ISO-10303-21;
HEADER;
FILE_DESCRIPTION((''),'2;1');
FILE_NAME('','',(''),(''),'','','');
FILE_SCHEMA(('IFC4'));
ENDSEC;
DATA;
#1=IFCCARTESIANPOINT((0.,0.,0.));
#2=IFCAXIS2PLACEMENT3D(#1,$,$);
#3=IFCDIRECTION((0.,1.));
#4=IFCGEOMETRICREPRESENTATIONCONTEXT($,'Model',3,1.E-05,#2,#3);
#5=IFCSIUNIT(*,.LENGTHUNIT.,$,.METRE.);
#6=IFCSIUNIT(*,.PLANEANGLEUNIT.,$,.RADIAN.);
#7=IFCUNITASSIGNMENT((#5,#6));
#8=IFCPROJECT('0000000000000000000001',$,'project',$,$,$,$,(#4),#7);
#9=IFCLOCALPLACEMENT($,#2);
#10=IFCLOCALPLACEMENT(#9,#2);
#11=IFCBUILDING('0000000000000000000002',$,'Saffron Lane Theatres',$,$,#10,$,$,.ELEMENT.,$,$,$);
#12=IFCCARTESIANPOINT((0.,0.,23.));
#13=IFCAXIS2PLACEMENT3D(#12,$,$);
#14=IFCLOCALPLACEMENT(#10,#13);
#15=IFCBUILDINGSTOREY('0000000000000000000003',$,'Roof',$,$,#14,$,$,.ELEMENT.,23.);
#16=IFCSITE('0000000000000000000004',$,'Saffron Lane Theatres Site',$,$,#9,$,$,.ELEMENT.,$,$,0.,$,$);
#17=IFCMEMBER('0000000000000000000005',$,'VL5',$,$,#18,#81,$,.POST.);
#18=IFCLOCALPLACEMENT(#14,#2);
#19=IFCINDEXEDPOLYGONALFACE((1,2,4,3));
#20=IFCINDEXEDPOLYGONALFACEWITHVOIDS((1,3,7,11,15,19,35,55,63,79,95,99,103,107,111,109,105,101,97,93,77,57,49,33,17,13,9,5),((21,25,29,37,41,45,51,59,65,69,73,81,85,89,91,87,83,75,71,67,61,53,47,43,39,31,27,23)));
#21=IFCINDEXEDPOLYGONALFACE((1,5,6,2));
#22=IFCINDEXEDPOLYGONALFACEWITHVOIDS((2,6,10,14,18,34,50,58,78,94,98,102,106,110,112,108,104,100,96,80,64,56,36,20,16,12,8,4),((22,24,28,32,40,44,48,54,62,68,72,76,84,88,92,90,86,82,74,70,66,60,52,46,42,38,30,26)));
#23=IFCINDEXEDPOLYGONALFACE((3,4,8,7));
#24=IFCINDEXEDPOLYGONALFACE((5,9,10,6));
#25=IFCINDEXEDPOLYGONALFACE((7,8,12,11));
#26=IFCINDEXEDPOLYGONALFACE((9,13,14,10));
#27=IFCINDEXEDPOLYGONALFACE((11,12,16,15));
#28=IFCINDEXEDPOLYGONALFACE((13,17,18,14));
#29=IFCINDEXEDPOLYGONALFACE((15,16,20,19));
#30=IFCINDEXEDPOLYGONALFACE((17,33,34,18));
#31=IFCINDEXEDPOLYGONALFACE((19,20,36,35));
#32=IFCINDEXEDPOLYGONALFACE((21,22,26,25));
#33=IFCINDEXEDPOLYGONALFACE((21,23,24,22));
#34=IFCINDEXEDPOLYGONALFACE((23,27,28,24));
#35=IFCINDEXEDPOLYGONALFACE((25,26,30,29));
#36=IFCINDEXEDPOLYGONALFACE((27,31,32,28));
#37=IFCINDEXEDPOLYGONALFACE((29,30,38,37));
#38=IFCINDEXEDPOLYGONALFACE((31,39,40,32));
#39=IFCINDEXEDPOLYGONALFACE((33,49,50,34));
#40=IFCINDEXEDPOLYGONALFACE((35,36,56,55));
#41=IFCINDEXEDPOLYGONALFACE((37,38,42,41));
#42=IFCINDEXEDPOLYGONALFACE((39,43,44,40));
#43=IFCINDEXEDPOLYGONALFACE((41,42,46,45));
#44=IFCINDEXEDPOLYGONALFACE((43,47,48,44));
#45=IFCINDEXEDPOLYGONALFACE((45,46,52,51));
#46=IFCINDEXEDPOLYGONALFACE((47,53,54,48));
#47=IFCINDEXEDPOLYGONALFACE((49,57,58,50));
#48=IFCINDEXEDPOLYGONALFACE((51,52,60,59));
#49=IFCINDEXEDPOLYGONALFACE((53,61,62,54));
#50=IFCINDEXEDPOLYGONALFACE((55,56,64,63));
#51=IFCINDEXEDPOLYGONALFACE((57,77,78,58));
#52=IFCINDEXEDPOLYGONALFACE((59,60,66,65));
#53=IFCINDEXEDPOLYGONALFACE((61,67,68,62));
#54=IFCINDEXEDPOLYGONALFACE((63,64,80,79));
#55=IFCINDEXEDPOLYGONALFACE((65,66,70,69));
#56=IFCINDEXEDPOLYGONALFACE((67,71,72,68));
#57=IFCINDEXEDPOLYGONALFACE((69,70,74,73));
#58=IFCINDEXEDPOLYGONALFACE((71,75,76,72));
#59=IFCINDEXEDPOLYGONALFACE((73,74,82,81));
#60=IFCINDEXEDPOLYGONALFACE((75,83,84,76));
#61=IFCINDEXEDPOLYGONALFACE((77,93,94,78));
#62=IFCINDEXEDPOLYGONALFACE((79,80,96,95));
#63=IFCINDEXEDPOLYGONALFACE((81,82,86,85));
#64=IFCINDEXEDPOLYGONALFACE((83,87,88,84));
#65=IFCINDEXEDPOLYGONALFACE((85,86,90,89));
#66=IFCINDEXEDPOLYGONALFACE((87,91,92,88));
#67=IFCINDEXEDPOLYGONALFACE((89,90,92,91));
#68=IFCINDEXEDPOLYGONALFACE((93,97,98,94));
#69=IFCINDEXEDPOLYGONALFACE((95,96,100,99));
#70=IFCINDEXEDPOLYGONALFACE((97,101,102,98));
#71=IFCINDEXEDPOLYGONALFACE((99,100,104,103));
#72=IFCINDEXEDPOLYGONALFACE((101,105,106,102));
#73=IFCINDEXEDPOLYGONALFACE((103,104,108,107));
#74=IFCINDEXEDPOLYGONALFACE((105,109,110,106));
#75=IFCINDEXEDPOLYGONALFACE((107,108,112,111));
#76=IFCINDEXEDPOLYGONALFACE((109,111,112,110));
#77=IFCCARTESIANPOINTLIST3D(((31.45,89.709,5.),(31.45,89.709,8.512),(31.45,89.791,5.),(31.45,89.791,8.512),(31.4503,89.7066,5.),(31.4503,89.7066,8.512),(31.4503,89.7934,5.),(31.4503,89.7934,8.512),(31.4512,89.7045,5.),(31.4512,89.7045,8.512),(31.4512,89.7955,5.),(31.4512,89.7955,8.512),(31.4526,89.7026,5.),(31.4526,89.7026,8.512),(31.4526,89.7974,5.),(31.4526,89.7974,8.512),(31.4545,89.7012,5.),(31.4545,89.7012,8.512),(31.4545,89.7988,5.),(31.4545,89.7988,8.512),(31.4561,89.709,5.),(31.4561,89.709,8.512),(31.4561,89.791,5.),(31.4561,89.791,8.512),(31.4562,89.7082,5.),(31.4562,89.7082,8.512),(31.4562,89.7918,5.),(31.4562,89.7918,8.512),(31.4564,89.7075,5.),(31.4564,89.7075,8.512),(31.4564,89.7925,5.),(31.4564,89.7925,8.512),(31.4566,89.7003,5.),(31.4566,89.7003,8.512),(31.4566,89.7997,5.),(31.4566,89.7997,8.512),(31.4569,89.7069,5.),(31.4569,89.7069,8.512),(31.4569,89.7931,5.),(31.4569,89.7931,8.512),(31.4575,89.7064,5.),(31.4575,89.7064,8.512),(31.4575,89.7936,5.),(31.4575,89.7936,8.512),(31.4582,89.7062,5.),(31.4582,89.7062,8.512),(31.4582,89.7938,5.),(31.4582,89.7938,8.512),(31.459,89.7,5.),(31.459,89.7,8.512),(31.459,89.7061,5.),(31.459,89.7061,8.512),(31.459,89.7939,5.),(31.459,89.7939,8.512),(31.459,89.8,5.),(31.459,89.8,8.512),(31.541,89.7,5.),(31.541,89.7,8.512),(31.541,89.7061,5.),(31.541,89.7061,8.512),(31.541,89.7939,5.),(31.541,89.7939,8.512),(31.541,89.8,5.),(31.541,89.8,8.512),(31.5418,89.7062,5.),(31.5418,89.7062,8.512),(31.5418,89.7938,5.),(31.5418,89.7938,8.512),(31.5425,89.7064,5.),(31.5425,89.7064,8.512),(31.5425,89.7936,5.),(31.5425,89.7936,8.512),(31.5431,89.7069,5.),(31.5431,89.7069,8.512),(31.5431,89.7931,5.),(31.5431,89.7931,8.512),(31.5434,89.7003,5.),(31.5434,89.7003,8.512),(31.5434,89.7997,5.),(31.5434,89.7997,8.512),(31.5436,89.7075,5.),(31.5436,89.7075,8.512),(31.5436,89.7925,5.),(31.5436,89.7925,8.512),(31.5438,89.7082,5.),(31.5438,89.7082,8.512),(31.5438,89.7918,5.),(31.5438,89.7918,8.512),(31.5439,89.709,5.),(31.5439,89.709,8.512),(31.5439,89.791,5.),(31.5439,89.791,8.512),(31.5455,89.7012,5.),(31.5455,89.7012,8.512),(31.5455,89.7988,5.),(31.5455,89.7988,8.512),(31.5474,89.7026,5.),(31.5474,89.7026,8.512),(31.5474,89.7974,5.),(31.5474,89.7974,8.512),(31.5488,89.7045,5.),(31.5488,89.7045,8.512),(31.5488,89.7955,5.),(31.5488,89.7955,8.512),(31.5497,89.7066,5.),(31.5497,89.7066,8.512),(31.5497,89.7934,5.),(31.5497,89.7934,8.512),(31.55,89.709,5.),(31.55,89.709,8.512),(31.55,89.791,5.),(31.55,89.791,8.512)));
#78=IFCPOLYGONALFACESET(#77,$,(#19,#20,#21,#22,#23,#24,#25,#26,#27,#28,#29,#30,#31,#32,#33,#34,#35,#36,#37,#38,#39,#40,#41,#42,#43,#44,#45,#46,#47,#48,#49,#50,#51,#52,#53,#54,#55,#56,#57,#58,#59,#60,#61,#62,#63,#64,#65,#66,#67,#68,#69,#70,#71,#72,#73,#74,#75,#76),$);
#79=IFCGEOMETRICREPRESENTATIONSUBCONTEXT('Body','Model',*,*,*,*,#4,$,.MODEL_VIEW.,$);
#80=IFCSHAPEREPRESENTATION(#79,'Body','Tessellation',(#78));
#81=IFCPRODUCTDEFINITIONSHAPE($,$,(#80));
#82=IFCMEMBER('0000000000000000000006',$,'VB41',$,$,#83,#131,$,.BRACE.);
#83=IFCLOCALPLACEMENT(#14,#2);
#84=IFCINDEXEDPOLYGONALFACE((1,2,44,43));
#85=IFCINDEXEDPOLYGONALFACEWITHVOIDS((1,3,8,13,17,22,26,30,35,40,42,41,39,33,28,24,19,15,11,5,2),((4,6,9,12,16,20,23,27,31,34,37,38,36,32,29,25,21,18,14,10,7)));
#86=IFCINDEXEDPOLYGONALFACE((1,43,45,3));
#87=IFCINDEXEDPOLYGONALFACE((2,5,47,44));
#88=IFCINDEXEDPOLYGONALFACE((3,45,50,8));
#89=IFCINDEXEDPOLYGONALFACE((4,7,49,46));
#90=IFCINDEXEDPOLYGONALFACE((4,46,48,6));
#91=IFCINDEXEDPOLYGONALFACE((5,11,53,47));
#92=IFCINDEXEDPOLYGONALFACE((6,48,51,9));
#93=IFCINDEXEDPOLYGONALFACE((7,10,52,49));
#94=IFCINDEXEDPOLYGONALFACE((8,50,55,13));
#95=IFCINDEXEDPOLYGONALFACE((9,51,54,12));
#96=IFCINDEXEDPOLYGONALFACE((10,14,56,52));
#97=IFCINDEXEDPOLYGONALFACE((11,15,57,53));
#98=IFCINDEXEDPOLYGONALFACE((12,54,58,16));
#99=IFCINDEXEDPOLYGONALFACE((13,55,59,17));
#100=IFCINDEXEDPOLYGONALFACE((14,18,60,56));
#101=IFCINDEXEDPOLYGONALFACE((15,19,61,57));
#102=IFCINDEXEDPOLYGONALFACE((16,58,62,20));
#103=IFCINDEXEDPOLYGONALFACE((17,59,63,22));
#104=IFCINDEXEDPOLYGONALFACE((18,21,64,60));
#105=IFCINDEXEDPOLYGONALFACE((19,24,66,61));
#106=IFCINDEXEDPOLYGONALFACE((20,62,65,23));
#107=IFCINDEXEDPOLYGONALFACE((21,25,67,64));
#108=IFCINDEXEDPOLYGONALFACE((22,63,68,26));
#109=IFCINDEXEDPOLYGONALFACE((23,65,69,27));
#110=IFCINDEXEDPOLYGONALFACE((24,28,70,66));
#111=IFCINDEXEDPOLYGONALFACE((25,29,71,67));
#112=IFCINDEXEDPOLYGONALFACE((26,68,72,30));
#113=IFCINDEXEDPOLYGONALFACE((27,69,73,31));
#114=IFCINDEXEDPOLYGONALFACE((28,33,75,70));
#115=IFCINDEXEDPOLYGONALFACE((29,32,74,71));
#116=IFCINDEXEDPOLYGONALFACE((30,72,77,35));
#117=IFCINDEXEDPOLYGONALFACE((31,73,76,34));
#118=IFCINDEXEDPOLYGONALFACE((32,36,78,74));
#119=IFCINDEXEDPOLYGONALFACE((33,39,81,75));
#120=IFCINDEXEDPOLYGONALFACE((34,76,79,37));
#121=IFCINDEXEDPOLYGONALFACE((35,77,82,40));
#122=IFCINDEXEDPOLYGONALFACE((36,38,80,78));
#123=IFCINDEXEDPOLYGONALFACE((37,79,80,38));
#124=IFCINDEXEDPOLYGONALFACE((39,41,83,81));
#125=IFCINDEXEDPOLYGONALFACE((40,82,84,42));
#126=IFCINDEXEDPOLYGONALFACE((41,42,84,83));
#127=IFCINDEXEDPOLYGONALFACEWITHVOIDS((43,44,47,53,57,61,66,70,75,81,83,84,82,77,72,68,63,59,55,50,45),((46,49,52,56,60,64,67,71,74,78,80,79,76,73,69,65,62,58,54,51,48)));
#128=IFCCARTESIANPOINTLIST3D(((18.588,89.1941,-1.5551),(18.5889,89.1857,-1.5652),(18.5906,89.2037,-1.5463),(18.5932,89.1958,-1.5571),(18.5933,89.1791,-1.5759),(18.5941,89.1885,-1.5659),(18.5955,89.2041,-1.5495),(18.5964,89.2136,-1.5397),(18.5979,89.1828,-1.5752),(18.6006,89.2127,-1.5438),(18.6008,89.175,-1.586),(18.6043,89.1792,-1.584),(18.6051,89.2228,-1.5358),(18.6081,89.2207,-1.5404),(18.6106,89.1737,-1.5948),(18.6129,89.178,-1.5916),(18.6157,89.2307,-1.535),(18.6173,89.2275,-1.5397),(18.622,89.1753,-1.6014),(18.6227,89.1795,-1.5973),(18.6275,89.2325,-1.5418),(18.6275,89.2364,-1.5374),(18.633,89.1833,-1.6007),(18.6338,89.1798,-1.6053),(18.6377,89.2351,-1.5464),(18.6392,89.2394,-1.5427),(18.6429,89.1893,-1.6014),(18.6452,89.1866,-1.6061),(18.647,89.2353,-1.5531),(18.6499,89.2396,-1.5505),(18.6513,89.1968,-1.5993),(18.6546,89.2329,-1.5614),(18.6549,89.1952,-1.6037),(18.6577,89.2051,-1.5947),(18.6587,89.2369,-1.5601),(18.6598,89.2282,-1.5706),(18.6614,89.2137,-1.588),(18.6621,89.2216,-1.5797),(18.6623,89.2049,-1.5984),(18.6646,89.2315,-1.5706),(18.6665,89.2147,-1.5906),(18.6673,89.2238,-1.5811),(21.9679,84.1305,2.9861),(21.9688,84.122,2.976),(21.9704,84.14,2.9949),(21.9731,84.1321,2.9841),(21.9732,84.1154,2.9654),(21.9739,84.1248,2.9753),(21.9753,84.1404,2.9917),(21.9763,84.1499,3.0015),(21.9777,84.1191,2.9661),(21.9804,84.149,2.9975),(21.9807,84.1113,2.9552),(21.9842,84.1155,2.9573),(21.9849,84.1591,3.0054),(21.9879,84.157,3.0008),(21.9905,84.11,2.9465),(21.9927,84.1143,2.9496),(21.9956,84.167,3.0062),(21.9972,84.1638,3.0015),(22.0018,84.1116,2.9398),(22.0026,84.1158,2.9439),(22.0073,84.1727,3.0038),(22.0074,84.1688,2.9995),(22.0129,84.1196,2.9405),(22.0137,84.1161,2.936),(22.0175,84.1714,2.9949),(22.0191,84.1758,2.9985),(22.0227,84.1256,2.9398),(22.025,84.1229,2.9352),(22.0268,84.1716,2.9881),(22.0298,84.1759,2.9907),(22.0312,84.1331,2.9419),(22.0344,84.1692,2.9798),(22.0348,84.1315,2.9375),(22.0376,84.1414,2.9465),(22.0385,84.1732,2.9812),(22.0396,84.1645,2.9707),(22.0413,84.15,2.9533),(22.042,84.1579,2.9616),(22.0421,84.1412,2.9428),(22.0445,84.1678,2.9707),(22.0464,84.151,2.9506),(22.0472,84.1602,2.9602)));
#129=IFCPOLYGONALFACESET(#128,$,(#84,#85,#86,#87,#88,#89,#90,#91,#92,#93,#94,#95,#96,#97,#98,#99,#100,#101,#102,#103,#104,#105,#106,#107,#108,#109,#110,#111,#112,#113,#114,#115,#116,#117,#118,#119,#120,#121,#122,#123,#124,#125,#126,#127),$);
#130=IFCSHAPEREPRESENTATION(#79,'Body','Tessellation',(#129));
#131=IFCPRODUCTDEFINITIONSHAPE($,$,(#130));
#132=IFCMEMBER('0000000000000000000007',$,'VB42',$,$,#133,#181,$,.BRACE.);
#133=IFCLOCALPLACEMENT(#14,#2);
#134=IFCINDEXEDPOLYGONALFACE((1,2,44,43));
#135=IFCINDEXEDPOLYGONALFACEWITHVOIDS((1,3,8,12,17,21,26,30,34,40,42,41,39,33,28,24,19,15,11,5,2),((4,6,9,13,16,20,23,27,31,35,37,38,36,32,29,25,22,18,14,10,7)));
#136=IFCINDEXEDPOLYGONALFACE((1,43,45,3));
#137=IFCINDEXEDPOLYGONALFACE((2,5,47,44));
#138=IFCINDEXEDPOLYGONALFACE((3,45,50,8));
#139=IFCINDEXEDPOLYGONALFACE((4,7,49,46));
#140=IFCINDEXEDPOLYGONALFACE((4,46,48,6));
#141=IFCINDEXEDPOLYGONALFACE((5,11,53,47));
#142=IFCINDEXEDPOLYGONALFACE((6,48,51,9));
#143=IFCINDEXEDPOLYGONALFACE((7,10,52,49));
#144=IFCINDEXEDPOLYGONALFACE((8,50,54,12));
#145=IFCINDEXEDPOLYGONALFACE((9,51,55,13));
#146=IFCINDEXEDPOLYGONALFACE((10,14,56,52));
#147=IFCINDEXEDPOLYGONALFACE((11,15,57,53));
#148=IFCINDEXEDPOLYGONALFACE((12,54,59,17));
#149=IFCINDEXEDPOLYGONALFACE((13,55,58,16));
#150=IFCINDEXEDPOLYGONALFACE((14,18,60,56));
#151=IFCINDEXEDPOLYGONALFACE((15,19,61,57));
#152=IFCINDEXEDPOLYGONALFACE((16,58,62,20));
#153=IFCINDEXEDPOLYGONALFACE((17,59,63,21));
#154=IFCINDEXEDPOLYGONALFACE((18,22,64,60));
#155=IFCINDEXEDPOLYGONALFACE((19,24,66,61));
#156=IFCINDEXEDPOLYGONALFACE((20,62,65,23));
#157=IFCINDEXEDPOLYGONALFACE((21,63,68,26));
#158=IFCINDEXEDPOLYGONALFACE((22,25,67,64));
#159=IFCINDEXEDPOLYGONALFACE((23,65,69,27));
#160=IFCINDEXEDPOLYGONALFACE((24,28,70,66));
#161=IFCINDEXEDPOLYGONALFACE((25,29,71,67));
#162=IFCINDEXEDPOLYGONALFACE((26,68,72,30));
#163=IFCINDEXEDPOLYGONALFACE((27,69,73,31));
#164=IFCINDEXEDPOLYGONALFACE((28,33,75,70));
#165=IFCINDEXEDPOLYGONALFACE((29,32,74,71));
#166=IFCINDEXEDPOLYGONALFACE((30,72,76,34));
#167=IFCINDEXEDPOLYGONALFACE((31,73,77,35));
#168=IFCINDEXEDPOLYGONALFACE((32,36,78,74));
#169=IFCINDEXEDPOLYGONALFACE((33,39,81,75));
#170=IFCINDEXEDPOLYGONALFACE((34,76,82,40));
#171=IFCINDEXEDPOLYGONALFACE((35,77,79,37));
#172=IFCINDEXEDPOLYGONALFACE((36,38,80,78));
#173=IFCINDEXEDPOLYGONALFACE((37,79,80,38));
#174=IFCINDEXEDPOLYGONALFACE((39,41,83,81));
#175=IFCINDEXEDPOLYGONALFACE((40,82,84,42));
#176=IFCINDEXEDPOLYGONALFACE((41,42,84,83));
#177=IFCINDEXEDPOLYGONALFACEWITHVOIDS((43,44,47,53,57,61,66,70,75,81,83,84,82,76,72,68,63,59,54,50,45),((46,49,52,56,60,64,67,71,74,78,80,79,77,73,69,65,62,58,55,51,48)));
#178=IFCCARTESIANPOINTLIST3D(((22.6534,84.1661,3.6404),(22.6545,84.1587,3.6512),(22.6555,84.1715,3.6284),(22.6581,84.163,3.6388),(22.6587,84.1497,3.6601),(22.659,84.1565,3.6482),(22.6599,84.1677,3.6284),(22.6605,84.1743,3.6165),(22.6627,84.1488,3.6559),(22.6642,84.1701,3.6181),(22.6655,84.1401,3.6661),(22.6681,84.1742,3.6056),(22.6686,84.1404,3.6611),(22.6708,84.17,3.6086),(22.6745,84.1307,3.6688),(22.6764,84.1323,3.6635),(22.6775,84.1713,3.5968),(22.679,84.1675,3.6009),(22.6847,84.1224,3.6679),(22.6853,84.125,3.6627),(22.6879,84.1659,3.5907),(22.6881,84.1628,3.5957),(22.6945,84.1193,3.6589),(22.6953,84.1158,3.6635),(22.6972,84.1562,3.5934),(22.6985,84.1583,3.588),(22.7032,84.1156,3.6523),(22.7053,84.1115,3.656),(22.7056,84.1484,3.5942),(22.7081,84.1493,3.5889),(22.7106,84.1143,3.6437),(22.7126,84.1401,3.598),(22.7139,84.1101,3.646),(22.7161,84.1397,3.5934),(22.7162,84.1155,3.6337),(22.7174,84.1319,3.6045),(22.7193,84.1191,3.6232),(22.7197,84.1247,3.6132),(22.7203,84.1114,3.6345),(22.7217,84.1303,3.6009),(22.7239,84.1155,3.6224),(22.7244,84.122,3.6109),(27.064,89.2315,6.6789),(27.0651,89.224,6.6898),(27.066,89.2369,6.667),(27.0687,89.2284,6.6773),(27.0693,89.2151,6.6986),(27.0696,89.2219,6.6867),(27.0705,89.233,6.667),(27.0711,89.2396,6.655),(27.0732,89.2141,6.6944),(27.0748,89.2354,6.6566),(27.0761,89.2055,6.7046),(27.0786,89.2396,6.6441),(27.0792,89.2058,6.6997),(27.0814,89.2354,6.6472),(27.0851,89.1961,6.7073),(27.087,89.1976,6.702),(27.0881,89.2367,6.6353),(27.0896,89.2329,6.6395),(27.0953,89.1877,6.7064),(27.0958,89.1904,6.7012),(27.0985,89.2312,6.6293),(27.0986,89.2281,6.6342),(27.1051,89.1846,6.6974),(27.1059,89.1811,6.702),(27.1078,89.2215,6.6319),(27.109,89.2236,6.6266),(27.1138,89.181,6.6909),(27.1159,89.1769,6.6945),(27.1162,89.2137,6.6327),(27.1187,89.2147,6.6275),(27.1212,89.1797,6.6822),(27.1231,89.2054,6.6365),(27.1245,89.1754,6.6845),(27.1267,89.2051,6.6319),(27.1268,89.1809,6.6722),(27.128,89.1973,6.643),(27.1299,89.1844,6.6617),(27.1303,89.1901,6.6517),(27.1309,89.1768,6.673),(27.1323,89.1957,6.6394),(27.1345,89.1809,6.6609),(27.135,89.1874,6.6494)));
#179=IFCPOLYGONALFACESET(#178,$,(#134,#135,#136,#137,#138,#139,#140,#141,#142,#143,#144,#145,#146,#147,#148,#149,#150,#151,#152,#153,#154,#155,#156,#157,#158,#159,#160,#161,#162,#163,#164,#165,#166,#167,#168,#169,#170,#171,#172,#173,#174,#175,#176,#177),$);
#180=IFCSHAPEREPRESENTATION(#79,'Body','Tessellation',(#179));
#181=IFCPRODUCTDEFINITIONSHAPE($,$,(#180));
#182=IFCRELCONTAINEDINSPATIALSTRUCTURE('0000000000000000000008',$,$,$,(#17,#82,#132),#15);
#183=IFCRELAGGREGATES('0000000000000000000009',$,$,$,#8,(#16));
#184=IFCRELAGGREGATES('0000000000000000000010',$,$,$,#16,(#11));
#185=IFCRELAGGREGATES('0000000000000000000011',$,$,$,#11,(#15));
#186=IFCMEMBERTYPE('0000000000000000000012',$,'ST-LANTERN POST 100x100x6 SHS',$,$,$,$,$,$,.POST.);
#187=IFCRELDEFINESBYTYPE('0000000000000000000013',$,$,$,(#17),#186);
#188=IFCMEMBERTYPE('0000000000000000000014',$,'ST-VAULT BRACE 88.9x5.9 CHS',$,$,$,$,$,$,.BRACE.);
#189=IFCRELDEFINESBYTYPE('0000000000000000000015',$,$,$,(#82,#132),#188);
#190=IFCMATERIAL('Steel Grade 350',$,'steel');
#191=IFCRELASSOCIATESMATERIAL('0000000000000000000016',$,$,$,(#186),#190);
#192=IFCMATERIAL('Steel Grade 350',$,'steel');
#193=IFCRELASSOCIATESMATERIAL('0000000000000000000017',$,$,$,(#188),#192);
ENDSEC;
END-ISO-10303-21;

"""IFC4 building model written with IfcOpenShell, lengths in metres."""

from ifc_helpers import new_model, si_unit, direction, frame, origin, origin_2d, place, context, subcontext, project, spatial, hollow_rectangle, hollow_circle, extrude, material, material_profile, profile_set, type_object, element, save


model = new_model("IFC4")

# Units and contexts
model_context = context("Model", 3, precision=1e-05, world=origin(), true_north=direction((0.0, 1.0)))
body_context = subcontext(model_context, "Body", "Model", "MODEL_VIEW")
ifc_project = project(units=[si_unit("LENGTHUNIT", "METRE"), si_unit("PLANEANGLEUNIT", "RADIAN")], contexts=[model_context])

# Site, building, storey
site_placement = place(None, origin())
site = spatial("IfcSite", under=ifc_project, at=site_placement, Name="Saffron Lane Theatres Site", CompositionType="ELEMENT", RefElevation=0.0)
building_placement = place(site_placement, origin())
building = spatial("IfcBuilding", under=site, at=building_placement, Name="Saffron Lane Theatres", CompositionType="ELEMENT")
storey_placement = place(building_placement, frame((0.0, 0.0, 23.0)))
storey = spatial("IfcBuildingStorey", under=building, at=storey_placement, Name="Roof", CompositionType="ELEMENT", Elevation=23.0)

# Members
ifc_material_1 = material(Name="Steel Grade 350", Category="steel")
ifc_material_profile_1 = material_profile(ifc_material_1, hollow_rectangle(XDim=0.1001, YDim=0.1001, WallThickness=0.0061, InnerFilletRadius=0.0029, OuterFilletRadius=0.009, at=origin_2d()))
ifc_profile_set_1 = profile_set([ifc_material_profile_1], Name="Steel Grade 350")
member_type_1 = type_object("IfcMemberType", Name="ST-LANTERN POST 100x100x6 SHS", PredefinedType="POST", material=ifc_profile_set_1)
member_1_placement = place(storey_placement, frame((31.5, 89.75, 5.0), z_axis=(0.0, 0.0, 1.0), x_axis=(1.0, 0.0, 0.0)))
element("IfcMember", 1, at=member_1_placement, inside=storey, type_object=member_type_1, Name="VL5", PredefinedType="POST", context=body_context, shape_type="SweptSolid", body=[
    extrude(hollow_rectangle(XDim=0.1001, YDim=0.1001, WallThickness=0.0061, InnerFilletRadius=0.0029, OuterFilletRadius=0.009, at=origin_2d()), origin(), (0.0, 0.0, 1.0), 3.512),
])
ifc_material_2 = material(Name="Steel Grade 350", Category="steel")
ifc_material_profile_2 = material_profile(ifc_material_2, hollow_circle(Radius=0.0444, WallThickness=0.0059, at=origin_2d()))
ifc_profile_set_2 = profile_set([ifc_material_profile_2], Name="Steel Grade 350")
member_type_2 = type_object("IfcMemberType", Name="ST-VAULT BRACE 88.9x5.9 CHS", PredefinedType="BRACE", material=ifc_profile_set_2)
member_2_placement = place(storey_placement, frame((18.6277, 89.2068, -1.5706), z_axis=(0.444999, -0.666695, 0.597907), x_axis=(0.831742, 0.555163, 0.0)))
element("IfcMember", 2, at=member_2_placement, inside=storey, type_object=member_type_2, Name="VB41", PredefinedType="BRACE", context=body_context, shape_type="SweptSolid", body=[
    extrude(hollow_circle(Radius=0.0444, WallThickness=0.0059, at=origin_2d()), origin(), (0.0, 0.0, 1.0), 7.5952),
])
member_3_placement = place(storey_placement, frame((22.689, 84.1423, 3.6284), z_axis=(0.598303, 0.687124, 0.412182), x_axis=(-0.754169, 0.656681, 0.0)))
element("IfcMember", 3, at=member_3_placement, inside=storey, type_object=member_type_2, Name="VB42", PredefinedType="BRACE", context=body_context, shape_type="SweptSolid", body=[
    extrude(hollow_circle(Radius=0.0444, WallThickness=0.0059, at=origin_2d()), origin(), (0.0, 0.0, 1.0), 7.3718),
])

save(model, "model.ifc")
